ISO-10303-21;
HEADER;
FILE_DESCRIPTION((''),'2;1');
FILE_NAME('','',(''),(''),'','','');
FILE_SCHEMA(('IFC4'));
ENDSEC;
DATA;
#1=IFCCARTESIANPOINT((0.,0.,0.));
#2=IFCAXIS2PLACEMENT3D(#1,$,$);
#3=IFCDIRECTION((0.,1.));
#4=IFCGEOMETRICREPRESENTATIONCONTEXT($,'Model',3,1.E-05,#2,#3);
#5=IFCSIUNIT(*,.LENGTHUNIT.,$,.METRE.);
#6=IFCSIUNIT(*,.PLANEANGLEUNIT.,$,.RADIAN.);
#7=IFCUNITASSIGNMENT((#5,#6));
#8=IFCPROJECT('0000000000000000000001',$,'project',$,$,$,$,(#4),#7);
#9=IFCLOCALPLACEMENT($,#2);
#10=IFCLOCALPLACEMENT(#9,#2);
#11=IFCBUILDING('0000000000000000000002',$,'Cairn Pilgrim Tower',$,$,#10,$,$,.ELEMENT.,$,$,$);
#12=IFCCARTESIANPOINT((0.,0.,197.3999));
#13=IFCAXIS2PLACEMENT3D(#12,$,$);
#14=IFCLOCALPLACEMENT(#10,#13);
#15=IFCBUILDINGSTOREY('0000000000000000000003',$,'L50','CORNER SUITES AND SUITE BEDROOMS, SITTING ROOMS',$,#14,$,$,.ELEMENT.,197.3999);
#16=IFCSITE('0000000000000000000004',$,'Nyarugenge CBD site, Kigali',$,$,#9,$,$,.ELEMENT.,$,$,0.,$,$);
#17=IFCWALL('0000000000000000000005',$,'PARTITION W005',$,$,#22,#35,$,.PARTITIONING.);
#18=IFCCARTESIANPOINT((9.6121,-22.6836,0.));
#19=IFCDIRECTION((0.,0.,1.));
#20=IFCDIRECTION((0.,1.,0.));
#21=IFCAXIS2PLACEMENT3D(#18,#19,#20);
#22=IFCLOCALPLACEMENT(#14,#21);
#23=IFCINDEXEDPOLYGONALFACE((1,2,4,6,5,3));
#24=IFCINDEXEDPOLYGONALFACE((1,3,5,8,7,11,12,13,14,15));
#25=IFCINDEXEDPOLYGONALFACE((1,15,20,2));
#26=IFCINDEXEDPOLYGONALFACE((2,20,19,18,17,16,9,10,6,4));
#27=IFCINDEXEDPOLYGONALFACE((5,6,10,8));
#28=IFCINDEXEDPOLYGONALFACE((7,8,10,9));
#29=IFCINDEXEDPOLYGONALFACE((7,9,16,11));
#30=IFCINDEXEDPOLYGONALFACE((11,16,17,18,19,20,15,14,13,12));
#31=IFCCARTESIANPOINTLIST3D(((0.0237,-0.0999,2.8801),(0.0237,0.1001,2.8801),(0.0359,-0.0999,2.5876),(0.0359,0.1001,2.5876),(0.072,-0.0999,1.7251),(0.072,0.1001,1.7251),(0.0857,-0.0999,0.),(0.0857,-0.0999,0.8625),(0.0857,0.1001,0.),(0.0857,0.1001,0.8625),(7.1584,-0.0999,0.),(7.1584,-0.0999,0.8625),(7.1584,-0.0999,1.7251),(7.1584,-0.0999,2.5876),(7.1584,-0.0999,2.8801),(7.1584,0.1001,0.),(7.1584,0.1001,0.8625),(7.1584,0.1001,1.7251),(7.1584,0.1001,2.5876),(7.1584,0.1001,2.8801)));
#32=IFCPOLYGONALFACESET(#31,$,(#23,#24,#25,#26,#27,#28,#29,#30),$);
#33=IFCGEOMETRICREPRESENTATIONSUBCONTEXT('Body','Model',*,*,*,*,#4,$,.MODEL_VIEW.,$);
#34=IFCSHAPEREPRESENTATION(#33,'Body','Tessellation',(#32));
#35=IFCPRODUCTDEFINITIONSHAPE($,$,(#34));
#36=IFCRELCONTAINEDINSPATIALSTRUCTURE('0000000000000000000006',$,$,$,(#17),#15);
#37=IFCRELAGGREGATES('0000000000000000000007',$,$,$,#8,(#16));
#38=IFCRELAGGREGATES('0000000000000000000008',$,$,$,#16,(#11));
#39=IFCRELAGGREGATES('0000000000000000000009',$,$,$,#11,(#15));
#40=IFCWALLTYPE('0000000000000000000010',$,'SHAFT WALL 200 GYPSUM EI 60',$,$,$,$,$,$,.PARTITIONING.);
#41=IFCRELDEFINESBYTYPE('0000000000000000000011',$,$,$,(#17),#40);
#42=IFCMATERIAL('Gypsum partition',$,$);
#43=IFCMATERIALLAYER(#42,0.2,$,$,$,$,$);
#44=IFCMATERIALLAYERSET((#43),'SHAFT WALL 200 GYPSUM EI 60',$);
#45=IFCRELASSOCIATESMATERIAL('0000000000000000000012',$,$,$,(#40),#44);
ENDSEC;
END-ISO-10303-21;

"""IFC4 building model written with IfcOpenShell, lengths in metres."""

from ifc_helpers import new_model, si_unit, direction, frame, origin, place, context, subcontext, project, spatial, polyline, outline, extrude, material, layer, layer_set, type_object, element, save


model = new_model("IFC4")

# Units and contexts
model_context = context("Model", 3, precision=1e-05, world=origin(), true_north=direction((0.0, 1.0)))
body_context = subcontext(model_context, "Body", "Model", "MODEL_VIEW")
ifc_project = project(units=[si_unit("LENGTHUNIT", "METRE"), si_unit("PLANEANGLEUNIT", "RADIAN")], contexts=[model_context])

# Site, building, storey
site_placement = place(None, origin())
site = spatial("IfcSite", under=ifc_project, at=site_placement, Name="Nyarugenge CBD site, Kigali", CompositionType="ELEMENT", RefElevation=0.0)
building_placement = place(site_placement, origin())
building = spatial("IfcBuilding", under=site, at=building_placement, Name="Cairn Pilgrim Tower", CompositionType="ELEMENT")
storey_placement = place(building_placement, frame((0.0, 0.0, 197.3999)))
storey = spatial("IfcBuildingStorey", under=building, at=storey_placement, Name="L50", Description="CORNER SUITES AND SUITE BEDROOMS, SITTING ROOMS", CompositionType="ELEMENT", Elevation=197.3999)

# Shared definitions
ifc_material_1 = material(Name="Gypsum partition")

# Wall
ifc_layer_1 = layer(ifc_material_1, 0.2)
ifc_layer_set_1 = layer_set([ifc_layer_1], Name="SHAFT WALL 200 GYPSUM EI 60")
wall_type_1 = type_object("IfcWallType", Name="SHAFT WALL 200 GYPSUM EI 60", PredefinedType="PARTITIONING", material=ifc_layer_set_1)
wall_1_placement = place(storey_placement, frame((9.6121, -22.6836, 0.0), z_axis=(0.0, 0.0, 1.0), x_axis=(0.0, 1.0, 0.0)))
element("IfcWall", 1, at=wall_1_placement, inside=storey, type_object=wall_type_1, Name="PARTITION W005", PredefinedType="PARTITIONING", context=body_context, shape_type="SweptSolid", body=[
    extrude(outline(polyline([(0.0857, 0.0), (7.1584, 0.0), (7.1584, 0.8625), (7.1584, 1.7251), (7.1584, 2.5876), (7.1584, 2.8801), (0.0237, 2.8801), (0.0359, 2.5876), (0.072, 1.7251), (0.0857, 0.8625), (0.0857, 0.0)])), frame((0.0, 0.1001, 0.0), z_axis=(0.0, -1.0, 0.0), x_axis=(1.0, 0.0, 0.0)), (0.0, 0.0, 1.0), 0.2),
])

save(model, "model.ifc")
